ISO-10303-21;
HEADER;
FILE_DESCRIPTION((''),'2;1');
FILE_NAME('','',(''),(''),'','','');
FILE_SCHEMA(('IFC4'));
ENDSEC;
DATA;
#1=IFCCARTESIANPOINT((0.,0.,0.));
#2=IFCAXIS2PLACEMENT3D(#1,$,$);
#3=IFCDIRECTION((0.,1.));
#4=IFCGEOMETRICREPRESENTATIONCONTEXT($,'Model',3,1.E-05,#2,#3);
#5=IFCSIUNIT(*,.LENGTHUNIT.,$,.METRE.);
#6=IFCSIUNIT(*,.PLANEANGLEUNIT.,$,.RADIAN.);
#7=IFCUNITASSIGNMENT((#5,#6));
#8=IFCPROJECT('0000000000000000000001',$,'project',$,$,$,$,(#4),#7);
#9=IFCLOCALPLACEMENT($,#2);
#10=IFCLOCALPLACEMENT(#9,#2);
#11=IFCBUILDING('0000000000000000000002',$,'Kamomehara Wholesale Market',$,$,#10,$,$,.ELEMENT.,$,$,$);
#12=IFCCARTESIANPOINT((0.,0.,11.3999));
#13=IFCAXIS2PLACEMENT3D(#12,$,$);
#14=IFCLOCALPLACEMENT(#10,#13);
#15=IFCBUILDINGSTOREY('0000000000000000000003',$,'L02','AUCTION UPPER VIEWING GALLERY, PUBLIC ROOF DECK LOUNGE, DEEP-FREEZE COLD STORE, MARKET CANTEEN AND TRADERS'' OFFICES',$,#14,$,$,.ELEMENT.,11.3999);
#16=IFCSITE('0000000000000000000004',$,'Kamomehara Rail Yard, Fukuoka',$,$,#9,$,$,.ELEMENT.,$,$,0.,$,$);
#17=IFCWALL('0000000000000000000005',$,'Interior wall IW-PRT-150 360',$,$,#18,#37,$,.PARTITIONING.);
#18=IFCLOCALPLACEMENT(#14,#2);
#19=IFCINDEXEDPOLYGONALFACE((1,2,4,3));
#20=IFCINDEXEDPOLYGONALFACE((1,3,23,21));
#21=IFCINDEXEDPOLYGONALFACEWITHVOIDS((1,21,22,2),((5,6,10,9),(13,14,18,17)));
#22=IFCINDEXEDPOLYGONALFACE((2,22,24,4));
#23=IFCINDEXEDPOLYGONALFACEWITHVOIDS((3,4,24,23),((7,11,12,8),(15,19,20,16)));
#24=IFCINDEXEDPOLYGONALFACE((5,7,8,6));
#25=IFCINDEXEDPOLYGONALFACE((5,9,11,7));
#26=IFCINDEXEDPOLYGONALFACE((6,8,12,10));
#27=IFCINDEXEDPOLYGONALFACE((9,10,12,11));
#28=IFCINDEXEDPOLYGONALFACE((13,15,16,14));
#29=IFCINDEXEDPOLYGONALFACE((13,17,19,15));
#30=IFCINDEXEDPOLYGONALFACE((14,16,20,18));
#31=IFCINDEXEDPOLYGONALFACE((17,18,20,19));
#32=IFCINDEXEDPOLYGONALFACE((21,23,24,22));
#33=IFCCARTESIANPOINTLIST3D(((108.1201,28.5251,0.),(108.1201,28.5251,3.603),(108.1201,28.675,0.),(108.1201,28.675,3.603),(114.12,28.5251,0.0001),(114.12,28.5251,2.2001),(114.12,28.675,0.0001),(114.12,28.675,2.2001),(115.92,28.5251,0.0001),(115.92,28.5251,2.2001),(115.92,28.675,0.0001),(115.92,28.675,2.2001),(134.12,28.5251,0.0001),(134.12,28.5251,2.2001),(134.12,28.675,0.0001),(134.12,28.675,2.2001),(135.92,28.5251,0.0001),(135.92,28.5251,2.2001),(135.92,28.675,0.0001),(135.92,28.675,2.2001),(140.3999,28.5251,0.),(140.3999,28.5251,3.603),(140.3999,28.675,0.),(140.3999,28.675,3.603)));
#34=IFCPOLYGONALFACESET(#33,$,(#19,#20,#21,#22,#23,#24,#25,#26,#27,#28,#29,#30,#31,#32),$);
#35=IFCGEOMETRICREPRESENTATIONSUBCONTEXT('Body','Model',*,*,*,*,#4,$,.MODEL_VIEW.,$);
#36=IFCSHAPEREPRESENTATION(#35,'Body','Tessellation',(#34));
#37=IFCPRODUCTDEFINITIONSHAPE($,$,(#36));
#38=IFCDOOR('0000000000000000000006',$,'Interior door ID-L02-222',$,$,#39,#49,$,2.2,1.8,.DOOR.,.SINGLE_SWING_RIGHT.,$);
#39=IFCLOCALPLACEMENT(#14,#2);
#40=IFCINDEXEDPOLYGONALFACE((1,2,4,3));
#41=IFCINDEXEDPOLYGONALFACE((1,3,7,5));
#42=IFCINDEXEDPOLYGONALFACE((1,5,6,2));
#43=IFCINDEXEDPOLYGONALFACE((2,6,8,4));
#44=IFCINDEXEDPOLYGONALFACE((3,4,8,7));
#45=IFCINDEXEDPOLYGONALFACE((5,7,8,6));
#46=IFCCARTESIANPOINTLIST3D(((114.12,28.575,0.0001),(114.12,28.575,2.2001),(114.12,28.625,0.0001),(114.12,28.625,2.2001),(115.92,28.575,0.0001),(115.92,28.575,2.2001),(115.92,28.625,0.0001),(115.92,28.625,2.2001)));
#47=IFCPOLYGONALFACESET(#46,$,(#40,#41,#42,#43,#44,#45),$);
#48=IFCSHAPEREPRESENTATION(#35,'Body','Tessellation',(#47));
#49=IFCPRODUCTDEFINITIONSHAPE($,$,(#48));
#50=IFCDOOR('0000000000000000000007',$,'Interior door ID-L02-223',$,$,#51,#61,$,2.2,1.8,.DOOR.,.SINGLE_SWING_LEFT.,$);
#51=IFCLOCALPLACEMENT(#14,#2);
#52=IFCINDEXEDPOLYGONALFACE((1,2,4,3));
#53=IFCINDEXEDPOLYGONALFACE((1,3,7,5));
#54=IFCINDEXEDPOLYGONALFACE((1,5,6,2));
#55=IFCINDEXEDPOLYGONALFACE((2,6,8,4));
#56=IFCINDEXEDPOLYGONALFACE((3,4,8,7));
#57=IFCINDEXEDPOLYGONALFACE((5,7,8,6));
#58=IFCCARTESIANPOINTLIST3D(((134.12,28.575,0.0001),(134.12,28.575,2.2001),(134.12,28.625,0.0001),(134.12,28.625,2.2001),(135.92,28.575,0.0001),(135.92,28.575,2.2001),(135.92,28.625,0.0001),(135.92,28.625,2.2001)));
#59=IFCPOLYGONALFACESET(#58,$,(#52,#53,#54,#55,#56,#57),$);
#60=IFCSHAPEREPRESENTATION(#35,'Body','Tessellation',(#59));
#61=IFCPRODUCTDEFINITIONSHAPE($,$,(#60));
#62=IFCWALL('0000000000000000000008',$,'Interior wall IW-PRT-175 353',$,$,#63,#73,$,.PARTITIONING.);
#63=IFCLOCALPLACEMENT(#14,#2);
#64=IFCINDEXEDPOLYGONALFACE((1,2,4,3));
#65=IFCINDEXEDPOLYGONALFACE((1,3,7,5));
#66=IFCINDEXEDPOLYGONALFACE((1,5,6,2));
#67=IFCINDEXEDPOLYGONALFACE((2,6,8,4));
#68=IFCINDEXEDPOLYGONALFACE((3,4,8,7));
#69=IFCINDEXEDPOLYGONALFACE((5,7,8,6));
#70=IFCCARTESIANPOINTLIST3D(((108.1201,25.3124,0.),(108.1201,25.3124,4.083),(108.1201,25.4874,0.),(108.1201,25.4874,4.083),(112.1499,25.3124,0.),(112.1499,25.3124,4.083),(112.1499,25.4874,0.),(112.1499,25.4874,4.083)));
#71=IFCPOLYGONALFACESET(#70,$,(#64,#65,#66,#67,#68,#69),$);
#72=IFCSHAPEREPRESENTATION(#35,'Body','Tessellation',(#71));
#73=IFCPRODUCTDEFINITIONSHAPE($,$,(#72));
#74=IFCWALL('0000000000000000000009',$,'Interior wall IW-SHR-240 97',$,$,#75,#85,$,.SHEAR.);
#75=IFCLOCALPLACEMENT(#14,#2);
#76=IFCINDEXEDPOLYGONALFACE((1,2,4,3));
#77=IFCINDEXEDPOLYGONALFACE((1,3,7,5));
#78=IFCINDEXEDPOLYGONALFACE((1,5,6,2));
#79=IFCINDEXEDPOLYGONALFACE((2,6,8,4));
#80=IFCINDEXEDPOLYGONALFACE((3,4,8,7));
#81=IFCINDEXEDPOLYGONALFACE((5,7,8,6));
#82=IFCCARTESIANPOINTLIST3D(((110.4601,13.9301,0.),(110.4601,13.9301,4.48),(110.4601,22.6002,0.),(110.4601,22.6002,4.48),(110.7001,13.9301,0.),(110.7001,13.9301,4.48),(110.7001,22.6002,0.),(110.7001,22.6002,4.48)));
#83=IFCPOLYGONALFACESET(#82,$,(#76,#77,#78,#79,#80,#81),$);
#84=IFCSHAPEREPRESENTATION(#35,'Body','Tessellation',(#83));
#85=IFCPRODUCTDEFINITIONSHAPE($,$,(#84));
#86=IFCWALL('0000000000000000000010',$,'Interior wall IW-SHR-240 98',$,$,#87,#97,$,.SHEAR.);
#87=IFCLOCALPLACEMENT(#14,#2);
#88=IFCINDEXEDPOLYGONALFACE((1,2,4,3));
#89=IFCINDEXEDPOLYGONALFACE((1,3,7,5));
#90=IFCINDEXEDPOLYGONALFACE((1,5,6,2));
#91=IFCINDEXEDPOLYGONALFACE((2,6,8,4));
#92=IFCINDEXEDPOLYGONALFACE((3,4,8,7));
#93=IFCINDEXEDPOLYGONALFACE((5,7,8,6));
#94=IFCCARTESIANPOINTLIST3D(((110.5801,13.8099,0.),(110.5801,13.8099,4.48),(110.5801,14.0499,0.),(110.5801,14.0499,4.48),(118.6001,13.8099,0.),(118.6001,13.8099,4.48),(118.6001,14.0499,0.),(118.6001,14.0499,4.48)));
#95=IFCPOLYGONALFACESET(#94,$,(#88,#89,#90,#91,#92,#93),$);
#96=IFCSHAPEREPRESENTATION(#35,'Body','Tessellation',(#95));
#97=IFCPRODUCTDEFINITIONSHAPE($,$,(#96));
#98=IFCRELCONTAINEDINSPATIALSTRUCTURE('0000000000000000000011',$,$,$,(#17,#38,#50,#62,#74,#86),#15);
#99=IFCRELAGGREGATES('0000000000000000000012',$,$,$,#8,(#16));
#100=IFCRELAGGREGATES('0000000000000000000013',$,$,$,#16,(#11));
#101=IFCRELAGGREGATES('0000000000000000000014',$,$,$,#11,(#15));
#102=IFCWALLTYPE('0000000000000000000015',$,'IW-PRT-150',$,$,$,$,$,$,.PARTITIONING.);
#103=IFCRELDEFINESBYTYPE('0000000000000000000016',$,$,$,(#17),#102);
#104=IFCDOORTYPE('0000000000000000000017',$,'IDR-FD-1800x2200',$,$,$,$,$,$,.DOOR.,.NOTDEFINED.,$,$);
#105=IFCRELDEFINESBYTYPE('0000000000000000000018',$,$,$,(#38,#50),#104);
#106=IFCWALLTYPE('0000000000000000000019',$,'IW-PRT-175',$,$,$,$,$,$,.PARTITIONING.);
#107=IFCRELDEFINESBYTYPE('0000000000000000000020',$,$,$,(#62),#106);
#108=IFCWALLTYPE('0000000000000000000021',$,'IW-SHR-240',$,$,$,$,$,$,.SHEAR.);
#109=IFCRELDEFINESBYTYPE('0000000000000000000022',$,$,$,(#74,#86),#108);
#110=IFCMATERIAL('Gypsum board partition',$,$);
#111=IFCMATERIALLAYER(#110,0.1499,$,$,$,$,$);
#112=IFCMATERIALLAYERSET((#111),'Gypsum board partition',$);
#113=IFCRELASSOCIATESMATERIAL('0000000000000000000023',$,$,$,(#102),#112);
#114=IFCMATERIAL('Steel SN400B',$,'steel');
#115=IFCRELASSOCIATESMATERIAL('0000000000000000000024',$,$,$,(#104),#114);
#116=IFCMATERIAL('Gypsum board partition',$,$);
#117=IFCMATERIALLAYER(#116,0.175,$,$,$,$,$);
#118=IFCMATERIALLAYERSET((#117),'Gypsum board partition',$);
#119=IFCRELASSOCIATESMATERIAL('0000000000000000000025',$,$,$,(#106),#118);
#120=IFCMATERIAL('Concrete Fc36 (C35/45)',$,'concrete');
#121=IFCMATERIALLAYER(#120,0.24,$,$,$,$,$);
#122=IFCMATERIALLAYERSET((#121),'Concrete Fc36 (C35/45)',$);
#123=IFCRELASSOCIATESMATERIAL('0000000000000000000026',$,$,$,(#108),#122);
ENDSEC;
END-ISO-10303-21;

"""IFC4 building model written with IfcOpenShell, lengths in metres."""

from ifc_helpers import new_model, si_unit, direction, frame, frame_2d, origin, place, context, subcontext, project, spatial, rectangle, extrude, material, layer, layer_set, type_object, element, fill, save


model = new_model("IFC4")

# Units and contexts
model_context = context("Model", 3, precision=1e-05, world=origin(), true_north=direction((0.0, 1.0)))
body_context = subcontext(model_context, "Body", "Model", "MODEL_VIEW")
ifc_project = project(units=[si_unit("LENGTHUNIT", "METRE"), si_unit("PLANEANGLEUNIT", "RADIAN")], contexts=[model_context])

# Site, building, storey
site_placement = place(None, origin())
site = spatial("IfcSite", under=ifc_project, at=site_placement, Name="Kamomehara Rail Yard, Fukuoka", CompositionType="ELEMENT", RefElevation=0.0)
building_placement = place(site_placement, origin())
building = spatial("IfcBuilding", under=site, at=building_placement, Name="Kamomehara Wholesale Market", CompositionType="ELEMENT")
storey_placement = place(building_placement, frame((0.0, 0.0, 11.3999)))
storey = spatial("IfcBuildingStorey", under=building, at=storey_placement, Name="L02", Description="AUCTION UPPER VIEWING GALLERY, PUBLIC ROOF DECK LOUNGE, DEEP-FREEZE COLD STORE, MARKET CANTEEN AND TRADERS' OFFICES", CompositionType="ELEMENT", Elevation=11.3999)

# Wall, openings, doors
ifc_material_1 = material(Name="Gypsum board partition")
ifc_layer_1 = layer(ifc_material_1, 0.1499)
ifc_layer_set_1 = layer_set([ifc_layer_1], Name="Gypsum board partition")
wall_type_1 = type_object("IfcWallType", Name="IW-PRT-150", PredefinedType="PARTITIONING", material=ifc_layer_set_1)
wall_1_placement = place(storey_placement, frame((108.1201, 28.6001, 0.0), z_axis=(0.0, 0.0, 1.0), x_axis=(1.0, 0.0, 0.0)))
wall_1 = element("IfcWall", 1, at=wall_1_placement, inside=storey, type_object=wall_type_1, Name="Interior wall IW-PRT-150 360", PredefinedType="PARTITIONING", context=body_context, shape_type="SweptSolid", body=[
    extrude(rectangle(XDim=32.2798, YDim=0.1499, at=frame_2d((16.1399, 0.0))), origin(), (0.0, 0.0, 1.0), 3.603),
])
opening_1_placement = place(wall_1_placement, frame((6.0, 0.0, 0.0)))
opening_1 = element("IfcOpeningElement", 2, at=opening_1_placement, cuts=wall_1, PredefinedType="OPENING", context=body_context, shape_type="SweptSolid", body=[
    extrude(rectangle(XDim=1.8, YDim=2.2, at=frame_2d((0.8999, 1.1001))), frame((0.0, 0.0898, 0.0), z_axis=(0.0, -1.0, 0.0), x_axis=(1.0, 0.0, 0.0)), (0.0, 0.0, 1.0), 0.1797),
])
opening_2_placement = place(wall_1_placement, frame((26.0, 0.0, 0.0)))
opening_2 = element("IfcOpeningElement", 3, at=opening_2_placement, cuts=wall_1, PredefinedType="OPENING", context=body_context, shape_type="SweptSolid", body=[
    extrude(rectangle(XDim=1.8, YDim=2.2, at=frame_2d((0.8999, 1.1001))), frame((0.0, 0.0898, 0.0), z_axis=(0.0, -1.0, 0.0), x_axis=(1.0, 0.0, 0.0)), (0.0, 0.0, 1.0), 0.1797),
])
ifc_material_2 = material(Name="Steel SN400B", Category="steel")
door_type = type_object("IfcDoorType", Name="IDR-FD-1800x2200", OperationType="NOTDEFINED", PredefinedType="DOOR", material=ifc_material_2)
door_1_placement = place(opening_1_placement, origin())
door_1 = element("IfcDoor", 4, at=door_1_placement, inside=storey, type_object=door_type, Name="Interior door ID-L02-222", OperationType="SINGLE_SWING_RIGHT", OverallHeight=2.2, OverallWidth=1.8, PredefinedType="DOOR", context=body_context, shape_type="SweptSolid", body=[
    extrude(rectangle(XDim=1.8, YDim=2.2, at=frame_2d((0.8999, 1.1001))), frame((0.0, 0.0249, 0.0), z_axis=(0.0, -1.0, 0.0), x_axis=(1.0, 0.0, 0.0)), (0.0, 0.0, 1.0), 0.05),
])
fill(opening_1, door_1)
door_2_placement = place(opening_2_placement, origin())
door_2 = element("IfcDoor", 5, at=door_2_placement, inside=storey, type_object=door_type, Name="Interior door ID-L02-223", OperationType="SINGLE_SWING_LEFT", OverallHeight=2.2, OverallWidth=1.8, PredefinedType="DOOR", context=body_context, shape_type="SweptSolid", body=[
    extrude(rectangle(XDim=1.8, YDim=2.2, at=frame_2d((0.8999, 1.1001))), frame((0.0, 0.0249, 0.0), z_axis=(0.0, -1.0, 0.0), x_axis=(1.0, 0.0, 0.0)), (0.0, 0.0, 1.0), 0.05),
])
fill(opening_2, door_2)

# Walls
ifc_material_3 = material(Name="Gypsum board partition")
ifc_layer_2 = layer(ifc_material_3, 0.175)
ifc_layer_set_2 = layer_set([ifc_layer_2], Name="Gypsum board partition")
wall_type_2 = type_object("IfcWallType", Name="IW-PRT-175", PredefinedType="PARTITIONING", material=ifc_layer_set_2)
wall_2_placement = place(storey_placement, frame((108.1201, 25.3999, 0.0), z_axis=(0.0, 0.0, 1.0), x_axis=(1.0, 0.0, 0.0)))
element("IfcWall", 6, at=wall_2_placement, inside=storey, type_object=wall_type_2, Name="Interior wall IW-PRT-175 353", PredefinedType="PARTITIONING", context=body_context, shape_type="SweptSolid", body=[
    extrude(rectangle(XDim=4.0298, YDim=0.175, at=frame_2d((2.0149, 0.0))), origin(), (0.0, 0.0, 1.0), 4.083),
])
ifc_material_4 = material(Name="Concrete Fc36 (C35/45)", Category="concrete")
ifc_layer_3 = layer(ifc_material_4, 0.24)
ifc_layer_set_3 = layer_set([ifc_layer_3], Name="Concrete Fc36 (C35/45)")
wall_type_3 = type_object("IfcWallType", Name="IW-SHR-240", PredefinedType="SHEAR", material=ifc_layer_set_3)
wall_3_placement = place(storey_placement, frame((110.5801, 22.6001, 0.0), z_axis=(0.0, 0.0, 1.0), x_axis=(0.0, -1.0, 0.0)))
element("IfcWall", 7, at=wall_3_placement, inside=storey, type_object=wall_type_3, Name="Interior wall IW-SHR-240 97", PredefinedType="SHEAR", context=body_context, shape_type="SweptSolid", body=[
    extrude(rectangle(XDim=8.6702, YDim=0.24, at=frame_2d((4.335, 0.0))), origin(), (0.0, 0.0, 1.0), 4.48),
])
wall_4_placement = place(storey_placement, frame((110.5801, 13.9299, 0.0), z_axis=(0.0, 0.0, 1.0), x_axis=(1.0, 0.0, 0.0)))
element("IfcWall", 8, at=wall_4_placement, inside=storey, type_object=wall_type_3, Name="Interior wall IW-SHR-240 98", PredefinedType="SHEAR", context=body_context, shape_type="SweptSolid", body=[
    extrude(rectangle(XDim=8.02, YDim=0.24, at=frame_2d((4.01, 0.0))), origin(), (0.0, 0.0, 1.0), 4.48),
])

save(model, "model.ifc")
